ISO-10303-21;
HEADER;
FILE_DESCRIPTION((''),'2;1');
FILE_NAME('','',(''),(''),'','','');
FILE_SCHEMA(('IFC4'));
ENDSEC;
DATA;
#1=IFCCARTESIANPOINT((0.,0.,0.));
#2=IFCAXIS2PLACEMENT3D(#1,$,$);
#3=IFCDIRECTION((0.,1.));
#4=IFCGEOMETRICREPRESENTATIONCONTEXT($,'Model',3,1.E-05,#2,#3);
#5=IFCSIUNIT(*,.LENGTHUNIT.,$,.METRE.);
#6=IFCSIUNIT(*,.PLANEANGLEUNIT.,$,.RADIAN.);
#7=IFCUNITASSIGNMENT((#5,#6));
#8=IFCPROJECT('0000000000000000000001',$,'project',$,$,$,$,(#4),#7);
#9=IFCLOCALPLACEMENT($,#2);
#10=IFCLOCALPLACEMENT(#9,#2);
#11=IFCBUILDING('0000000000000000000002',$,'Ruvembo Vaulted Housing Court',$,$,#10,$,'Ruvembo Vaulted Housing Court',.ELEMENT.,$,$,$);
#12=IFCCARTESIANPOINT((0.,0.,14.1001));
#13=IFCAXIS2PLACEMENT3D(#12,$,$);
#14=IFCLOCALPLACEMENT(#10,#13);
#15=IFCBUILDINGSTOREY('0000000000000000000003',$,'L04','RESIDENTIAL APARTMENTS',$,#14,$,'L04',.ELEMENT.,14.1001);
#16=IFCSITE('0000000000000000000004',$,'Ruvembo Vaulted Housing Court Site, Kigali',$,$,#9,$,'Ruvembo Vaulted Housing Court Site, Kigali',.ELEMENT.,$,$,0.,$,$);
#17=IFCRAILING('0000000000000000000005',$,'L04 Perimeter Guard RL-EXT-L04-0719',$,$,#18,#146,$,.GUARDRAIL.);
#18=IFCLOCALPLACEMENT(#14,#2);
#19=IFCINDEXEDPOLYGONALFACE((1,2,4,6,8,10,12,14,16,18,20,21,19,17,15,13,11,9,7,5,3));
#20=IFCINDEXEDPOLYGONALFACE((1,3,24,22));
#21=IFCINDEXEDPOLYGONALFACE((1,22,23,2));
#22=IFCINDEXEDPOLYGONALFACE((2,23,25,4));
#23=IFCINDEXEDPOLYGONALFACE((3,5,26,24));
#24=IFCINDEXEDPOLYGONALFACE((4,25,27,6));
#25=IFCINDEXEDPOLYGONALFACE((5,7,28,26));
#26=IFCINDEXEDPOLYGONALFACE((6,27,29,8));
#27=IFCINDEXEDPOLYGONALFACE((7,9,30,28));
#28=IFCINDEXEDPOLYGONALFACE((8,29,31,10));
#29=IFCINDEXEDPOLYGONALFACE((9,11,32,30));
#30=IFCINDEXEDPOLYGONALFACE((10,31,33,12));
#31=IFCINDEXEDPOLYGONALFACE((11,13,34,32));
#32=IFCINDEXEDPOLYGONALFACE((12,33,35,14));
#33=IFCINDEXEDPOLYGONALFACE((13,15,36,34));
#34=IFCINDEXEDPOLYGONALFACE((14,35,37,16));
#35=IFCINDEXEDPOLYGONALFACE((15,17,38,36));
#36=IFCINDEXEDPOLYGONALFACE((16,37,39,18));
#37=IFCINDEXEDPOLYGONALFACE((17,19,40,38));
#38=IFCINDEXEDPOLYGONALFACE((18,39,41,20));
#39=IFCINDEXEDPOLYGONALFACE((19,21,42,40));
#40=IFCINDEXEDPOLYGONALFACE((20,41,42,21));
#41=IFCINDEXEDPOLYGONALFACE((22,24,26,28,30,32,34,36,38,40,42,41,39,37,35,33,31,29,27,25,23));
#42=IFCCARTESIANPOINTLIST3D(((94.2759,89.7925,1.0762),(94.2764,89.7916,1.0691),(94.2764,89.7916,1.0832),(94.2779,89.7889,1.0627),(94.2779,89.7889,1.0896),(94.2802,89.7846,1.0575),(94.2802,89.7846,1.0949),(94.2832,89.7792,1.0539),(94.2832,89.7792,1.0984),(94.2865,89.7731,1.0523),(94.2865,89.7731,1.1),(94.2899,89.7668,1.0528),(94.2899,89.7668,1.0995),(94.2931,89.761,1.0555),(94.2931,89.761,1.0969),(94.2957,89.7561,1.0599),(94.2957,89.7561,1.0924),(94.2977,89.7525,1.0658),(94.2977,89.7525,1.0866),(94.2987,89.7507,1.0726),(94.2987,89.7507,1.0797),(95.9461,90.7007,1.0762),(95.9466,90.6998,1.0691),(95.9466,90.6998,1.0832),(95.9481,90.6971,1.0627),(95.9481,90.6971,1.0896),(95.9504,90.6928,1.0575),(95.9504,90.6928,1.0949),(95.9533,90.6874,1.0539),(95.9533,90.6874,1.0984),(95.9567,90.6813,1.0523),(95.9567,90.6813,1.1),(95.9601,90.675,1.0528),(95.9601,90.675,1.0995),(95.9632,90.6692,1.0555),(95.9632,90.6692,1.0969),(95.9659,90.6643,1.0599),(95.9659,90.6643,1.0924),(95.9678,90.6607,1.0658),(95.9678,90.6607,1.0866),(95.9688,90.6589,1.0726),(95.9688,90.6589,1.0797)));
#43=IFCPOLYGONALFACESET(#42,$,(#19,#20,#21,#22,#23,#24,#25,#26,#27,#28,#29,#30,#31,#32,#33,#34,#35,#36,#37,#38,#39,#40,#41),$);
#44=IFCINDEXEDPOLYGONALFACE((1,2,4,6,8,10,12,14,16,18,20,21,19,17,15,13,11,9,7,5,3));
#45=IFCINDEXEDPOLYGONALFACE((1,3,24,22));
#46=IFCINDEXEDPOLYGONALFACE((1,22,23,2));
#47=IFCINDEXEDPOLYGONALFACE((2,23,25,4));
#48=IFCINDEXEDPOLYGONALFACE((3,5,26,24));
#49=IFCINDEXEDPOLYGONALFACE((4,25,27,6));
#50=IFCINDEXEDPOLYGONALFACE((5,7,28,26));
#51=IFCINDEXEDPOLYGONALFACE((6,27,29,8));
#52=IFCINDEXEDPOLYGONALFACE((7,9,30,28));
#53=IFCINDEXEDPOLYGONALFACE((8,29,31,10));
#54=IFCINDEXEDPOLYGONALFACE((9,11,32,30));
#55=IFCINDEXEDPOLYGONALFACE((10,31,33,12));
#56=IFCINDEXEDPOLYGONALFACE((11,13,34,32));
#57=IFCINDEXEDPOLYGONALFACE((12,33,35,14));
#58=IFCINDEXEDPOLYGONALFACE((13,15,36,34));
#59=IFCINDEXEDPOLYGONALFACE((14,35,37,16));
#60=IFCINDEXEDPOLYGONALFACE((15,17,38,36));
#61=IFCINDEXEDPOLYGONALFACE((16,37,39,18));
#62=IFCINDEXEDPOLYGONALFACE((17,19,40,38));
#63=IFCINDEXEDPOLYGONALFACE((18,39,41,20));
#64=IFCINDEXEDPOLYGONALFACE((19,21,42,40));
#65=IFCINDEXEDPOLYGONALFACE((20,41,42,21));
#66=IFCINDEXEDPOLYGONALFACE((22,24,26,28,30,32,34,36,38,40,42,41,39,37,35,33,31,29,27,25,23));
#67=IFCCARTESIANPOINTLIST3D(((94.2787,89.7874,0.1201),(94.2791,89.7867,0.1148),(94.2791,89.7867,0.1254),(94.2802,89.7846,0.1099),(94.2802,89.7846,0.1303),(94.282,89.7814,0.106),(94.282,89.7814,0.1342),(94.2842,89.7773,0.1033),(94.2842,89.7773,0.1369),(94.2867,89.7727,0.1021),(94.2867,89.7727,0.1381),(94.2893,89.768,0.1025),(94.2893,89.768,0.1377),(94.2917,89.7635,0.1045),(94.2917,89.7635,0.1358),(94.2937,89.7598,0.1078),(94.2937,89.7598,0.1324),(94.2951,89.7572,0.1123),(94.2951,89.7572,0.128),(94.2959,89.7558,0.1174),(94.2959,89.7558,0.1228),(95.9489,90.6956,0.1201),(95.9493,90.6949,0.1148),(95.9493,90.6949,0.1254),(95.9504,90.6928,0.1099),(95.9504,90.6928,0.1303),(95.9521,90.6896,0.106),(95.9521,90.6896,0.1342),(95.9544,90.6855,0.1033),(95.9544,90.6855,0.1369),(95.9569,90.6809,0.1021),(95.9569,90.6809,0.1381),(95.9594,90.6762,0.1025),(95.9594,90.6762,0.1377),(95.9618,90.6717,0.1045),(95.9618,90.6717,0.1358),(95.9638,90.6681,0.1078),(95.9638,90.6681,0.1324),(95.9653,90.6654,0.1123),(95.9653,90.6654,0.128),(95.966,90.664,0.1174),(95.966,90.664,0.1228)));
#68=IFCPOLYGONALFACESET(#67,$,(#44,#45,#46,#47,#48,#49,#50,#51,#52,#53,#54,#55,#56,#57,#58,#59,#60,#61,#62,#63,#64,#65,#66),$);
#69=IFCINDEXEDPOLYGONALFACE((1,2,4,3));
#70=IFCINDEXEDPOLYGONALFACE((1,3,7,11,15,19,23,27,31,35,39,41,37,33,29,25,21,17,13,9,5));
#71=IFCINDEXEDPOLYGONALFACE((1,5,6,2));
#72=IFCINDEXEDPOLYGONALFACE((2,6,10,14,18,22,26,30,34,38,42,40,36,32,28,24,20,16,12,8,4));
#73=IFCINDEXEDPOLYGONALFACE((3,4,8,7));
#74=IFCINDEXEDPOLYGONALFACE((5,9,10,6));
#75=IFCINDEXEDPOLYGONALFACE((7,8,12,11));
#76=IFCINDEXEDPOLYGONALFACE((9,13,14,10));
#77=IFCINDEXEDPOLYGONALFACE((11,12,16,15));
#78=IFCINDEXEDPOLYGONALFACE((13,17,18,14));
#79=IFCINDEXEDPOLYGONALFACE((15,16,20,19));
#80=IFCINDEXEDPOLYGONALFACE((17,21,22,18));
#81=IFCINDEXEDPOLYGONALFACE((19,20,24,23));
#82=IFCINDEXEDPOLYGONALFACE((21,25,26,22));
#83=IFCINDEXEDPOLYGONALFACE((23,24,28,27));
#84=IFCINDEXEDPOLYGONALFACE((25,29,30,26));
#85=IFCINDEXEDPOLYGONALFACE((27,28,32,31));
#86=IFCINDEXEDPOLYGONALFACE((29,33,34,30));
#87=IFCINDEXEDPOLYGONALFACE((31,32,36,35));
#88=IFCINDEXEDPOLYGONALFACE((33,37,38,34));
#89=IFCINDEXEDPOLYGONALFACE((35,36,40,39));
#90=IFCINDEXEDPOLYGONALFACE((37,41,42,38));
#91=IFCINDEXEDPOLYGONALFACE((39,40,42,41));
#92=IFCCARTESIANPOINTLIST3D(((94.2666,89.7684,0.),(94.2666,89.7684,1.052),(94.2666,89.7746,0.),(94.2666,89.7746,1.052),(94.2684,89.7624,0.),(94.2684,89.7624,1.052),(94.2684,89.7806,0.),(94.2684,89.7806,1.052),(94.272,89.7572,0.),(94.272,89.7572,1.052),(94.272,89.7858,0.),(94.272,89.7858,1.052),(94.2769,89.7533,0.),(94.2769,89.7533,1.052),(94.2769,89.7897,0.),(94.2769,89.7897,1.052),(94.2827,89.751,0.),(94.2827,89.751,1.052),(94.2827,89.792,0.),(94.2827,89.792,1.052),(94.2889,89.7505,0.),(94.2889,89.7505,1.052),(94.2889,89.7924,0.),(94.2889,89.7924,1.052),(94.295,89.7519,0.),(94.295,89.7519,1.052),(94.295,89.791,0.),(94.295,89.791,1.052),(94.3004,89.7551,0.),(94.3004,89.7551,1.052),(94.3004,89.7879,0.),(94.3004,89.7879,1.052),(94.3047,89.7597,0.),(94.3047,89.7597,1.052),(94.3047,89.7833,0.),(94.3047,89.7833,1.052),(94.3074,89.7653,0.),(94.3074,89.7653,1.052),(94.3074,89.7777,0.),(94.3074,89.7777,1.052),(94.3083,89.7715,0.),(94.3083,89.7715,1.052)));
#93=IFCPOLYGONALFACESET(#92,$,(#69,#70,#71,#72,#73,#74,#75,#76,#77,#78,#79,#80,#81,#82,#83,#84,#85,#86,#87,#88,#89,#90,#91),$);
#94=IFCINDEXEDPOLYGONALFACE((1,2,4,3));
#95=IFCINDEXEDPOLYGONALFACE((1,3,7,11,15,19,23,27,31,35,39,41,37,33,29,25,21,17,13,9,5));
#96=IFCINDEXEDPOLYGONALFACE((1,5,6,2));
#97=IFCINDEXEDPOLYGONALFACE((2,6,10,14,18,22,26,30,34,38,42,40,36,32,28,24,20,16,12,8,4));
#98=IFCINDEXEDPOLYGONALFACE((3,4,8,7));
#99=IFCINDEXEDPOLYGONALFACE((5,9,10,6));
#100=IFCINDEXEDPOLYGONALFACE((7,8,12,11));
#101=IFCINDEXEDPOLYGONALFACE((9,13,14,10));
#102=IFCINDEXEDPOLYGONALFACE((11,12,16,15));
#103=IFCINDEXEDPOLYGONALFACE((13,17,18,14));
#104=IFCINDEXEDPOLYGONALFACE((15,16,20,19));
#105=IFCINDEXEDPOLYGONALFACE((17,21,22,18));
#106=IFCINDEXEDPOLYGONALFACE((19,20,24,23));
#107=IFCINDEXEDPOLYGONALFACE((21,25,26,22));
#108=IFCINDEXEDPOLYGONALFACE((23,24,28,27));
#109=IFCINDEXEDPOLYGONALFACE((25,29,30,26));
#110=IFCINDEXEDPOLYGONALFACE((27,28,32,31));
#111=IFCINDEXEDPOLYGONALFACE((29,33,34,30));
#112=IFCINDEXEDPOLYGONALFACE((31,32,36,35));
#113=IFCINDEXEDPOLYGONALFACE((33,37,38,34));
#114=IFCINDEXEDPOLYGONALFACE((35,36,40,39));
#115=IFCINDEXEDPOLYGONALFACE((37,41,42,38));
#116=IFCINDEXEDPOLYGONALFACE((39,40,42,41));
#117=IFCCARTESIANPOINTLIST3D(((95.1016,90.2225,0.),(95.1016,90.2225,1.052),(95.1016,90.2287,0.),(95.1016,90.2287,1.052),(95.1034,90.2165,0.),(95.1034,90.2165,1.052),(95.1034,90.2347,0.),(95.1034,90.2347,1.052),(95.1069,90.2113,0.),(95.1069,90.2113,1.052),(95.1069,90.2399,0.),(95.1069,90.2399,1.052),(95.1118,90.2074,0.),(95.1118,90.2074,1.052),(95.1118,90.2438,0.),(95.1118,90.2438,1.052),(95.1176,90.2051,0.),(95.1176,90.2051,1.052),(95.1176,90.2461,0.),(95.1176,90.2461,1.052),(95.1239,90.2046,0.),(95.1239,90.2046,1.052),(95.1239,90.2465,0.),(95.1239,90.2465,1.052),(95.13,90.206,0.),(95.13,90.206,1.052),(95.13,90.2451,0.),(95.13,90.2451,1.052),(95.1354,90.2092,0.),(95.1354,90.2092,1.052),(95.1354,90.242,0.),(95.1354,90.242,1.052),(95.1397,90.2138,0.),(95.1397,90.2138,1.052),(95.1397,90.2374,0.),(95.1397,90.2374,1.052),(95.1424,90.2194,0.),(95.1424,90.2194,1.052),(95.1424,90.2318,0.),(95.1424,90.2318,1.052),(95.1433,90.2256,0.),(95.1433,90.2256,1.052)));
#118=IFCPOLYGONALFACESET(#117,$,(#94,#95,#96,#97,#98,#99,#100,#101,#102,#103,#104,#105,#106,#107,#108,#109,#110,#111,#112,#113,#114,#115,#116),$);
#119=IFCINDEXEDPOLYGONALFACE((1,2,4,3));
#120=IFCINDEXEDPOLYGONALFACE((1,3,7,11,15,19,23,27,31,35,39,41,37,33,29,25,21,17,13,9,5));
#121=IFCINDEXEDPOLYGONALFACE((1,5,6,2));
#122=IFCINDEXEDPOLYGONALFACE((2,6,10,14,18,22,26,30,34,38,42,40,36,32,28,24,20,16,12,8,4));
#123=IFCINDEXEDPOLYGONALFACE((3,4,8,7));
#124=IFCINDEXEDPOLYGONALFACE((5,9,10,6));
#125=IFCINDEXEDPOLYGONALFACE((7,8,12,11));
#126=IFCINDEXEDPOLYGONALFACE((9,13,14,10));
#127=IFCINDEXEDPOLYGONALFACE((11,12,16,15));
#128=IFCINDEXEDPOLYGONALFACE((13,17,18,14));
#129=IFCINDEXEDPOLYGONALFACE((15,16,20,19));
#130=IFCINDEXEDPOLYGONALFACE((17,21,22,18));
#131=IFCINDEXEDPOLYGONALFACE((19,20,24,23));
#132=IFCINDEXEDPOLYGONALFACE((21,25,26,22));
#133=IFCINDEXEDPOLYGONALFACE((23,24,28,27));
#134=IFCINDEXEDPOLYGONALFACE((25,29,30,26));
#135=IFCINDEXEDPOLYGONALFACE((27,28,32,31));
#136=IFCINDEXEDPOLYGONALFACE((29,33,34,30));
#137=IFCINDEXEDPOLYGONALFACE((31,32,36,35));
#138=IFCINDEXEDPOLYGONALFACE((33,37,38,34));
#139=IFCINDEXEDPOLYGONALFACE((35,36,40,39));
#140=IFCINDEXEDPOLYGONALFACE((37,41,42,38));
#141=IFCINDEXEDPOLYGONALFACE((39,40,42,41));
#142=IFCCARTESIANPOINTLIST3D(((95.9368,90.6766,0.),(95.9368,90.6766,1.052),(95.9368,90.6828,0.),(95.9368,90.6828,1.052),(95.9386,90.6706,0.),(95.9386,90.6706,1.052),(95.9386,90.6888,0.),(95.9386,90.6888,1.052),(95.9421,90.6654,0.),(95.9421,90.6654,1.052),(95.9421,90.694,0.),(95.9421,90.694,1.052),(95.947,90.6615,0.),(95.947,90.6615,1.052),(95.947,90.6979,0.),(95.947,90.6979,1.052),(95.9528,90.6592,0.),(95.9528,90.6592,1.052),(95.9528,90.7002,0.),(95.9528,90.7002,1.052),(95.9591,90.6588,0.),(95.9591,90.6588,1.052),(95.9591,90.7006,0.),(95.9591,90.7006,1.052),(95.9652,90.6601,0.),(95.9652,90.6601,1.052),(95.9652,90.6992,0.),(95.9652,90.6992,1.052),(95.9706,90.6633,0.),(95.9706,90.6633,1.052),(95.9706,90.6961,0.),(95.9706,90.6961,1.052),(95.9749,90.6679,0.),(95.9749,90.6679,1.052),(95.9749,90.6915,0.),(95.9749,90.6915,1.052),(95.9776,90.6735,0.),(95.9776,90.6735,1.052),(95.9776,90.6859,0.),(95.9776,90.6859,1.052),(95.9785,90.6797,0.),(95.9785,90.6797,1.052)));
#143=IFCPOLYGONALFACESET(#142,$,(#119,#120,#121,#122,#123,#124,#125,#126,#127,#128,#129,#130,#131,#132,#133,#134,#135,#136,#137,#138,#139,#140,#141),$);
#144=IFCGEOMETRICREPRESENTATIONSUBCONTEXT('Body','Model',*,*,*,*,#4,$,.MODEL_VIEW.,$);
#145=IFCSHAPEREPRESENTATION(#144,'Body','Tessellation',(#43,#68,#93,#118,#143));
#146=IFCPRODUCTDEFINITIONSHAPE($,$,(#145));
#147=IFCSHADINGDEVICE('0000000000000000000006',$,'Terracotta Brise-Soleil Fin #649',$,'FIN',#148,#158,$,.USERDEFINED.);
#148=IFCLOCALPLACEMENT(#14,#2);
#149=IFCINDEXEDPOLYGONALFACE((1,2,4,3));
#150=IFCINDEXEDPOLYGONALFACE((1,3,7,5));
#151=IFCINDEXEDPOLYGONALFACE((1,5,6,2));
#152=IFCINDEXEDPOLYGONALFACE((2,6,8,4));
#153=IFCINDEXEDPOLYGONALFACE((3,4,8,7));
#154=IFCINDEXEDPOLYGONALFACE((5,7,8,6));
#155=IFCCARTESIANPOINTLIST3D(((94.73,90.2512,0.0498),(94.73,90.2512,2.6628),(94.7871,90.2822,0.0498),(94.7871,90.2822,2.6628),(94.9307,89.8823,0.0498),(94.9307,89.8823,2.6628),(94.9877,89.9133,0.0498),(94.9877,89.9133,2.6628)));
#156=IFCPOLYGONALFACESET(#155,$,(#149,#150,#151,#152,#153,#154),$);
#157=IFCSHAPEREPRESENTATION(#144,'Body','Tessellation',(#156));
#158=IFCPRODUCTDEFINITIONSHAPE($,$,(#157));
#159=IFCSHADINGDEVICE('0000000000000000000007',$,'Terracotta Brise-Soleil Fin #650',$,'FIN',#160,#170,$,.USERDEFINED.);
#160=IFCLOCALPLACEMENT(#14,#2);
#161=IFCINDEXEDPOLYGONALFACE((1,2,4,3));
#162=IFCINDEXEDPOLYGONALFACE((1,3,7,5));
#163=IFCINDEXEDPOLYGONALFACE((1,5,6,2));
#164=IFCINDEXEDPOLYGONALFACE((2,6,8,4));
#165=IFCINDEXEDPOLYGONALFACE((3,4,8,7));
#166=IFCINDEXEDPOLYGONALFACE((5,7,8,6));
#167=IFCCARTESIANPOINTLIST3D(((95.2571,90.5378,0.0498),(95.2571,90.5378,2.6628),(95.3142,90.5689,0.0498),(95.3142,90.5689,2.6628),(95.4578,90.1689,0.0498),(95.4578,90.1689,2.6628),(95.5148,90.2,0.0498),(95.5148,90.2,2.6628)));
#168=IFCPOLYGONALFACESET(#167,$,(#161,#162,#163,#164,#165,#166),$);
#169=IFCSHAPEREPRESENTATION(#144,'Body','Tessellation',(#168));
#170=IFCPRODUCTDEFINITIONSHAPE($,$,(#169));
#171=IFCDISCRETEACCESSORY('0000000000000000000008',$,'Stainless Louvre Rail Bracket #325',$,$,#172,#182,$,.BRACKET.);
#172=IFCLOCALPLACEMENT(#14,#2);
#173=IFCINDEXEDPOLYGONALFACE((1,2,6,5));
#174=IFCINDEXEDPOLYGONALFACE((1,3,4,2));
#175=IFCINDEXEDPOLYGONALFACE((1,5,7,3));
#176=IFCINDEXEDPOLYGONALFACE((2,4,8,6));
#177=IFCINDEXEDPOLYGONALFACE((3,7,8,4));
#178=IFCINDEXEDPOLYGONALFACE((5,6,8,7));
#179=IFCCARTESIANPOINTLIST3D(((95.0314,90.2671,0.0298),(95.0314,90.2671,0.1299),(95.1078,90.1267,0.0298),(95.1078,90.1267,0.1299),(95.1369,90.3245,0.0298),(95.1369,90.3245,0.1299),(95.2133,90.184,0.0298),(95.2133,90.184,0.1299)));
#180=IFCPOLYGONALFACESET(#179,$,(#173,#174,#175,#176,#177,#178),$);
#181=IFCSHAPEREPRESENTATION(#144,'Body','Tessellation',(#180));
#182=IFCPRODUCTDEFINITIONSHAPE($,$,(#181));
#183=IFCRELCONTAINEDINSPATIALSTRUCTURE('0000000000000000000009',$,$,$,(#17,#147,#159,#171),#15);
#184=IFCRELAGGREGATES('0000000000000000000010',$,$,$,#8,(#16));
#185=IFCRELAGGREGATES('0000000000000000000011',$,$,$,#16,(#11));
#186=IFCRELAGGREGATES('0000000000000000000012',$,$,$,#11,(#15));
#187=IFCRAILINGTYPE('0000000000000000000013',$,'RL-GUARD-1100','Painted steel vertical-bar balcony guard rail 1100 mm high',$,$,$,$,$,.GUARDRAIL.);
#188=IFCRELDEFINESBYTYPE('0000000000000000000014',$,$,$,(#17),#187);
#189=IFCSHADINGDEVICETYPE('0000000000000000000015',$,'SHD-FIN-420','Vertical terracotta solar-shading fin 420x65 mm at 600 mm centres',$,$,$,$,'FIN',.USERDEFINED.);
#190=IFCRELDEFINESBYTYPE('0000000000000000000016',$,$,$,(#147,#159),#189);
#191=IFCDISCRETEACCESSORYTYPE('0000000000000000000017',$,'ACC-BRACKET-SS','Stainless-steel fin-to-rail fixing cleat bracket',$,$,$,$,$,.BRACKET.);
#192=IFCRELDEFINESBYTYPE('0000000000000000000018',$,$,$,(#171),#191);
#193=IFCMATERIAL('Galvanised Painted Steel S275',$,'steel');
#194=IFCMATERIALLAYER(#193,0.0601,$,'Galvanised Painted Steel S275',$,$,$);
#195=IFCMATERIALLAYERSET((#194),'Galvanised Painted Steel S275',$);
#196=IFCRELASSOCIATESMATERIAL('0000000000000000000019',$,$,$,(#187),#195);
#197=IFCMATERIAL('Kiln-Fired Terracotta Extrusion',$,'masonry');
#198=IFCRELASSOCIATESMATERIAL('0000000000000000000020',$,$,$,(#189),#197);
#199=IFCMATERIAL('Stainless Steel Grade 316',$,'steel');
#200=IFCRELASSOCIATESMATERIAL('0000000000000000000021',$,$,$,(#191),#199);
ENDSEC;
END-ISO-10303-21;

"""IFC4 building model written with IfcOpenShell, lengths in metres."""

from ifc_helpers import new_model, si_unit, direction, frame, origin, origin_2d, place, context, subcontext, project, spatial, rectangle, circle, extrude, material, layer, layer_set, type_object, element, save


model = new_model("IFC4")

# Units and contexts
model_context = context("Model", 3, precision=1e-05, world=origin(), true_north=direction((0.0, 1.0)))
body_context = subcontext(model_context, "Body", "Model", "MODEL_VIEW")
ifc_project = project(units=[si_unit("LENGTHUNIT", "METRE"), si_unit("PLANEANGLEUNIT", "RADIAN")], contexts=[model_context])

# Site, building, storey
site_placement = place(None, origin())
site = spatial("IfcSite", under=ifc_project, at=site_placement, Name="Ruvembo Vaulted Housing Court Site, Kigali", LongName="Ruvembo Vaulted Housing Court Site, Kigali", CompositionType="ELEMENT", RefElevation=0.0)
building_placement = place(site_placement, origin())
building = spatial("IfcBuilding", under=site, at=building_placement, Name="Ruvembo Vaulted Housing Court", LongName="Ruvembo Vaulted Housing Court", CompositionType="ELEMENT")
storey_placement = place(building_placement, frame((0.0, 0.0, 14.1001)))
storey = spatial("IfcBuildingStorey", under=building, at=storey_placement, Name="L04", Description="RESIDENTIAL APARTMENTS", LongName="L04", CompositionType="ELEMENT", Elevation=14.1001)

# Railing
ifc_material_1 = material(Name="Galvanised Painted Steel S275", Category="steel")
ifc_layer_1 = layer(ifc_material_1, 0.0601, Name="Galvanised Painted Steel S275")
ifc_layer_set_1 = layer_set([ifc_layer_1], Name="Galvanised Painted Steel S275")
railing_type = type_object("IfcRailingType", Name="RL-GUARD-1100", Description="Painted steel vertical-bar balcony guard rail 1100 mm high", PredefinedType="GUARDRAIL", material=ifc_layer_set_1)
railing_placement = place(storey_placement, frame((94.2874, 89.7715, 0.0)))
element("IfcRailing", 1, at=railing_placement, inside=storey, type_object=railing_type, Name="L04 Perimeter Guard RL-EXT-L04-0719", PredefinedType="GUARDRAIL", context=body_context, shape_type="SweptSolid", body=[
    extrude(circle(Radius=0.0239, at=origin_2d()), frame((0.0, 0.0, 1.0762), z_axis=(0.878513, 0.477718, 0.0), x_axis=(-0.477718, 0.878513, 0.0)), (0.0, 0.0, 1.0), 1.9011),
    extrude(circle(Radius=0.0181, at=origin_2d()), frame((0.0, 0.0, 0.1201), z_axis=(0.878513, 0.477718, 0.0), x_axis=(-0.477718, 0.878513, 0.0)), (0.0, 0.0, 1.0), 1.9011),
    extrude(circle(Radius=0.021, at=origin_2d()), origin(), (0.0, 0.0, 1.0), 1.052),
    extrude(circle(Radius=0.021, at=origin_2d()), frame((0.835, 0.4541, 0.0)), (0.0, 0.0, 1.0), 1.052),
    extrude(circle(Radius=0.021, at=origin_2d()), frame((1.6702, 0.9082, 0.0)), (0.0, 0.0, 1.0), 1.052),
])

# Shading devices
ifc_material_2 = material(Name="Kiln-Fired Terracotta Extrusion", Category="masonry")
shading_device_type = type_object("IfcShadingDeviceType", Name="SHD-FIN-420", Description="Vertical terracotta solar-shading fin 420x65 mm at 600 mm centres", ElementType="FIN", PredefinedType="USERDEFINED", material=ifc_material_2)
for number, where, z_axis, x_axis, name in (
    (2, (94.8589, 90.0823, 0.0498), (0.0, 0.0, 1.0), (0.477788, -0.878475, 0.0), "Terracotta Brise-Soleil Fin #649"),
    (3, (95.386, 90.3689, 0.0498), (0.0, 0.0, 1.0), (0.477788, -0.878475, 0.0), "Terracotta Brise-Soleil Fin #650"),
):
    element("IfcShadingDevice", number, at=place(storey_placement, frame(where, z_axis=z_axis, x_axis=x_axis)), inside=storey, type_object=shading_device_type, Name=name, ObjectType="FIN", PredefinedType="USERDEFINED", context=body_context, shape_type="SweptSolid", body=[
        extrude(rectangle(XDim=0.4199, YDim=0.0649, at=origin_2d()), origin(), (0.0, 0.0, 1.0), 2.613),
    ])

# Discrete accessory
ifc_material_3 = material(Name="Stainless Steel Grade 316", Category="steel")
discrete_accessory_type = type_object("IfcDiscreteAccessoryType", Name="ACC-BRACKET-SS", Description="Stainless-steel fin-to-rail fixing cleat bracket", PredefinedType="BRACKET", material=ifc_material_3)
discrete_accessory_placement = place(storey_placement, frame((95.1223, 90.2256, 0.0298), z_axis=(0.0, 0.0, 1.0), x_axis=(0.477788, -0.878475, 0.0)))
element("IfcDiscreteAccessory", 4, at=discrete_accessory_placement, inside=storey, type_object=discrete_accessory_type, Name="Stainless Louvre Rail Bracket #325", PredefinedType="BRACKET", context=body_context, shape_type="SweptSolid", body=[
    extrude(rectangle(XDim=0.1599, YDim=0.1201, at=origin_2d()), origin(), (0.0, 0.0, 1.0), 0.1001),
])

save(model, "model.ifc")
